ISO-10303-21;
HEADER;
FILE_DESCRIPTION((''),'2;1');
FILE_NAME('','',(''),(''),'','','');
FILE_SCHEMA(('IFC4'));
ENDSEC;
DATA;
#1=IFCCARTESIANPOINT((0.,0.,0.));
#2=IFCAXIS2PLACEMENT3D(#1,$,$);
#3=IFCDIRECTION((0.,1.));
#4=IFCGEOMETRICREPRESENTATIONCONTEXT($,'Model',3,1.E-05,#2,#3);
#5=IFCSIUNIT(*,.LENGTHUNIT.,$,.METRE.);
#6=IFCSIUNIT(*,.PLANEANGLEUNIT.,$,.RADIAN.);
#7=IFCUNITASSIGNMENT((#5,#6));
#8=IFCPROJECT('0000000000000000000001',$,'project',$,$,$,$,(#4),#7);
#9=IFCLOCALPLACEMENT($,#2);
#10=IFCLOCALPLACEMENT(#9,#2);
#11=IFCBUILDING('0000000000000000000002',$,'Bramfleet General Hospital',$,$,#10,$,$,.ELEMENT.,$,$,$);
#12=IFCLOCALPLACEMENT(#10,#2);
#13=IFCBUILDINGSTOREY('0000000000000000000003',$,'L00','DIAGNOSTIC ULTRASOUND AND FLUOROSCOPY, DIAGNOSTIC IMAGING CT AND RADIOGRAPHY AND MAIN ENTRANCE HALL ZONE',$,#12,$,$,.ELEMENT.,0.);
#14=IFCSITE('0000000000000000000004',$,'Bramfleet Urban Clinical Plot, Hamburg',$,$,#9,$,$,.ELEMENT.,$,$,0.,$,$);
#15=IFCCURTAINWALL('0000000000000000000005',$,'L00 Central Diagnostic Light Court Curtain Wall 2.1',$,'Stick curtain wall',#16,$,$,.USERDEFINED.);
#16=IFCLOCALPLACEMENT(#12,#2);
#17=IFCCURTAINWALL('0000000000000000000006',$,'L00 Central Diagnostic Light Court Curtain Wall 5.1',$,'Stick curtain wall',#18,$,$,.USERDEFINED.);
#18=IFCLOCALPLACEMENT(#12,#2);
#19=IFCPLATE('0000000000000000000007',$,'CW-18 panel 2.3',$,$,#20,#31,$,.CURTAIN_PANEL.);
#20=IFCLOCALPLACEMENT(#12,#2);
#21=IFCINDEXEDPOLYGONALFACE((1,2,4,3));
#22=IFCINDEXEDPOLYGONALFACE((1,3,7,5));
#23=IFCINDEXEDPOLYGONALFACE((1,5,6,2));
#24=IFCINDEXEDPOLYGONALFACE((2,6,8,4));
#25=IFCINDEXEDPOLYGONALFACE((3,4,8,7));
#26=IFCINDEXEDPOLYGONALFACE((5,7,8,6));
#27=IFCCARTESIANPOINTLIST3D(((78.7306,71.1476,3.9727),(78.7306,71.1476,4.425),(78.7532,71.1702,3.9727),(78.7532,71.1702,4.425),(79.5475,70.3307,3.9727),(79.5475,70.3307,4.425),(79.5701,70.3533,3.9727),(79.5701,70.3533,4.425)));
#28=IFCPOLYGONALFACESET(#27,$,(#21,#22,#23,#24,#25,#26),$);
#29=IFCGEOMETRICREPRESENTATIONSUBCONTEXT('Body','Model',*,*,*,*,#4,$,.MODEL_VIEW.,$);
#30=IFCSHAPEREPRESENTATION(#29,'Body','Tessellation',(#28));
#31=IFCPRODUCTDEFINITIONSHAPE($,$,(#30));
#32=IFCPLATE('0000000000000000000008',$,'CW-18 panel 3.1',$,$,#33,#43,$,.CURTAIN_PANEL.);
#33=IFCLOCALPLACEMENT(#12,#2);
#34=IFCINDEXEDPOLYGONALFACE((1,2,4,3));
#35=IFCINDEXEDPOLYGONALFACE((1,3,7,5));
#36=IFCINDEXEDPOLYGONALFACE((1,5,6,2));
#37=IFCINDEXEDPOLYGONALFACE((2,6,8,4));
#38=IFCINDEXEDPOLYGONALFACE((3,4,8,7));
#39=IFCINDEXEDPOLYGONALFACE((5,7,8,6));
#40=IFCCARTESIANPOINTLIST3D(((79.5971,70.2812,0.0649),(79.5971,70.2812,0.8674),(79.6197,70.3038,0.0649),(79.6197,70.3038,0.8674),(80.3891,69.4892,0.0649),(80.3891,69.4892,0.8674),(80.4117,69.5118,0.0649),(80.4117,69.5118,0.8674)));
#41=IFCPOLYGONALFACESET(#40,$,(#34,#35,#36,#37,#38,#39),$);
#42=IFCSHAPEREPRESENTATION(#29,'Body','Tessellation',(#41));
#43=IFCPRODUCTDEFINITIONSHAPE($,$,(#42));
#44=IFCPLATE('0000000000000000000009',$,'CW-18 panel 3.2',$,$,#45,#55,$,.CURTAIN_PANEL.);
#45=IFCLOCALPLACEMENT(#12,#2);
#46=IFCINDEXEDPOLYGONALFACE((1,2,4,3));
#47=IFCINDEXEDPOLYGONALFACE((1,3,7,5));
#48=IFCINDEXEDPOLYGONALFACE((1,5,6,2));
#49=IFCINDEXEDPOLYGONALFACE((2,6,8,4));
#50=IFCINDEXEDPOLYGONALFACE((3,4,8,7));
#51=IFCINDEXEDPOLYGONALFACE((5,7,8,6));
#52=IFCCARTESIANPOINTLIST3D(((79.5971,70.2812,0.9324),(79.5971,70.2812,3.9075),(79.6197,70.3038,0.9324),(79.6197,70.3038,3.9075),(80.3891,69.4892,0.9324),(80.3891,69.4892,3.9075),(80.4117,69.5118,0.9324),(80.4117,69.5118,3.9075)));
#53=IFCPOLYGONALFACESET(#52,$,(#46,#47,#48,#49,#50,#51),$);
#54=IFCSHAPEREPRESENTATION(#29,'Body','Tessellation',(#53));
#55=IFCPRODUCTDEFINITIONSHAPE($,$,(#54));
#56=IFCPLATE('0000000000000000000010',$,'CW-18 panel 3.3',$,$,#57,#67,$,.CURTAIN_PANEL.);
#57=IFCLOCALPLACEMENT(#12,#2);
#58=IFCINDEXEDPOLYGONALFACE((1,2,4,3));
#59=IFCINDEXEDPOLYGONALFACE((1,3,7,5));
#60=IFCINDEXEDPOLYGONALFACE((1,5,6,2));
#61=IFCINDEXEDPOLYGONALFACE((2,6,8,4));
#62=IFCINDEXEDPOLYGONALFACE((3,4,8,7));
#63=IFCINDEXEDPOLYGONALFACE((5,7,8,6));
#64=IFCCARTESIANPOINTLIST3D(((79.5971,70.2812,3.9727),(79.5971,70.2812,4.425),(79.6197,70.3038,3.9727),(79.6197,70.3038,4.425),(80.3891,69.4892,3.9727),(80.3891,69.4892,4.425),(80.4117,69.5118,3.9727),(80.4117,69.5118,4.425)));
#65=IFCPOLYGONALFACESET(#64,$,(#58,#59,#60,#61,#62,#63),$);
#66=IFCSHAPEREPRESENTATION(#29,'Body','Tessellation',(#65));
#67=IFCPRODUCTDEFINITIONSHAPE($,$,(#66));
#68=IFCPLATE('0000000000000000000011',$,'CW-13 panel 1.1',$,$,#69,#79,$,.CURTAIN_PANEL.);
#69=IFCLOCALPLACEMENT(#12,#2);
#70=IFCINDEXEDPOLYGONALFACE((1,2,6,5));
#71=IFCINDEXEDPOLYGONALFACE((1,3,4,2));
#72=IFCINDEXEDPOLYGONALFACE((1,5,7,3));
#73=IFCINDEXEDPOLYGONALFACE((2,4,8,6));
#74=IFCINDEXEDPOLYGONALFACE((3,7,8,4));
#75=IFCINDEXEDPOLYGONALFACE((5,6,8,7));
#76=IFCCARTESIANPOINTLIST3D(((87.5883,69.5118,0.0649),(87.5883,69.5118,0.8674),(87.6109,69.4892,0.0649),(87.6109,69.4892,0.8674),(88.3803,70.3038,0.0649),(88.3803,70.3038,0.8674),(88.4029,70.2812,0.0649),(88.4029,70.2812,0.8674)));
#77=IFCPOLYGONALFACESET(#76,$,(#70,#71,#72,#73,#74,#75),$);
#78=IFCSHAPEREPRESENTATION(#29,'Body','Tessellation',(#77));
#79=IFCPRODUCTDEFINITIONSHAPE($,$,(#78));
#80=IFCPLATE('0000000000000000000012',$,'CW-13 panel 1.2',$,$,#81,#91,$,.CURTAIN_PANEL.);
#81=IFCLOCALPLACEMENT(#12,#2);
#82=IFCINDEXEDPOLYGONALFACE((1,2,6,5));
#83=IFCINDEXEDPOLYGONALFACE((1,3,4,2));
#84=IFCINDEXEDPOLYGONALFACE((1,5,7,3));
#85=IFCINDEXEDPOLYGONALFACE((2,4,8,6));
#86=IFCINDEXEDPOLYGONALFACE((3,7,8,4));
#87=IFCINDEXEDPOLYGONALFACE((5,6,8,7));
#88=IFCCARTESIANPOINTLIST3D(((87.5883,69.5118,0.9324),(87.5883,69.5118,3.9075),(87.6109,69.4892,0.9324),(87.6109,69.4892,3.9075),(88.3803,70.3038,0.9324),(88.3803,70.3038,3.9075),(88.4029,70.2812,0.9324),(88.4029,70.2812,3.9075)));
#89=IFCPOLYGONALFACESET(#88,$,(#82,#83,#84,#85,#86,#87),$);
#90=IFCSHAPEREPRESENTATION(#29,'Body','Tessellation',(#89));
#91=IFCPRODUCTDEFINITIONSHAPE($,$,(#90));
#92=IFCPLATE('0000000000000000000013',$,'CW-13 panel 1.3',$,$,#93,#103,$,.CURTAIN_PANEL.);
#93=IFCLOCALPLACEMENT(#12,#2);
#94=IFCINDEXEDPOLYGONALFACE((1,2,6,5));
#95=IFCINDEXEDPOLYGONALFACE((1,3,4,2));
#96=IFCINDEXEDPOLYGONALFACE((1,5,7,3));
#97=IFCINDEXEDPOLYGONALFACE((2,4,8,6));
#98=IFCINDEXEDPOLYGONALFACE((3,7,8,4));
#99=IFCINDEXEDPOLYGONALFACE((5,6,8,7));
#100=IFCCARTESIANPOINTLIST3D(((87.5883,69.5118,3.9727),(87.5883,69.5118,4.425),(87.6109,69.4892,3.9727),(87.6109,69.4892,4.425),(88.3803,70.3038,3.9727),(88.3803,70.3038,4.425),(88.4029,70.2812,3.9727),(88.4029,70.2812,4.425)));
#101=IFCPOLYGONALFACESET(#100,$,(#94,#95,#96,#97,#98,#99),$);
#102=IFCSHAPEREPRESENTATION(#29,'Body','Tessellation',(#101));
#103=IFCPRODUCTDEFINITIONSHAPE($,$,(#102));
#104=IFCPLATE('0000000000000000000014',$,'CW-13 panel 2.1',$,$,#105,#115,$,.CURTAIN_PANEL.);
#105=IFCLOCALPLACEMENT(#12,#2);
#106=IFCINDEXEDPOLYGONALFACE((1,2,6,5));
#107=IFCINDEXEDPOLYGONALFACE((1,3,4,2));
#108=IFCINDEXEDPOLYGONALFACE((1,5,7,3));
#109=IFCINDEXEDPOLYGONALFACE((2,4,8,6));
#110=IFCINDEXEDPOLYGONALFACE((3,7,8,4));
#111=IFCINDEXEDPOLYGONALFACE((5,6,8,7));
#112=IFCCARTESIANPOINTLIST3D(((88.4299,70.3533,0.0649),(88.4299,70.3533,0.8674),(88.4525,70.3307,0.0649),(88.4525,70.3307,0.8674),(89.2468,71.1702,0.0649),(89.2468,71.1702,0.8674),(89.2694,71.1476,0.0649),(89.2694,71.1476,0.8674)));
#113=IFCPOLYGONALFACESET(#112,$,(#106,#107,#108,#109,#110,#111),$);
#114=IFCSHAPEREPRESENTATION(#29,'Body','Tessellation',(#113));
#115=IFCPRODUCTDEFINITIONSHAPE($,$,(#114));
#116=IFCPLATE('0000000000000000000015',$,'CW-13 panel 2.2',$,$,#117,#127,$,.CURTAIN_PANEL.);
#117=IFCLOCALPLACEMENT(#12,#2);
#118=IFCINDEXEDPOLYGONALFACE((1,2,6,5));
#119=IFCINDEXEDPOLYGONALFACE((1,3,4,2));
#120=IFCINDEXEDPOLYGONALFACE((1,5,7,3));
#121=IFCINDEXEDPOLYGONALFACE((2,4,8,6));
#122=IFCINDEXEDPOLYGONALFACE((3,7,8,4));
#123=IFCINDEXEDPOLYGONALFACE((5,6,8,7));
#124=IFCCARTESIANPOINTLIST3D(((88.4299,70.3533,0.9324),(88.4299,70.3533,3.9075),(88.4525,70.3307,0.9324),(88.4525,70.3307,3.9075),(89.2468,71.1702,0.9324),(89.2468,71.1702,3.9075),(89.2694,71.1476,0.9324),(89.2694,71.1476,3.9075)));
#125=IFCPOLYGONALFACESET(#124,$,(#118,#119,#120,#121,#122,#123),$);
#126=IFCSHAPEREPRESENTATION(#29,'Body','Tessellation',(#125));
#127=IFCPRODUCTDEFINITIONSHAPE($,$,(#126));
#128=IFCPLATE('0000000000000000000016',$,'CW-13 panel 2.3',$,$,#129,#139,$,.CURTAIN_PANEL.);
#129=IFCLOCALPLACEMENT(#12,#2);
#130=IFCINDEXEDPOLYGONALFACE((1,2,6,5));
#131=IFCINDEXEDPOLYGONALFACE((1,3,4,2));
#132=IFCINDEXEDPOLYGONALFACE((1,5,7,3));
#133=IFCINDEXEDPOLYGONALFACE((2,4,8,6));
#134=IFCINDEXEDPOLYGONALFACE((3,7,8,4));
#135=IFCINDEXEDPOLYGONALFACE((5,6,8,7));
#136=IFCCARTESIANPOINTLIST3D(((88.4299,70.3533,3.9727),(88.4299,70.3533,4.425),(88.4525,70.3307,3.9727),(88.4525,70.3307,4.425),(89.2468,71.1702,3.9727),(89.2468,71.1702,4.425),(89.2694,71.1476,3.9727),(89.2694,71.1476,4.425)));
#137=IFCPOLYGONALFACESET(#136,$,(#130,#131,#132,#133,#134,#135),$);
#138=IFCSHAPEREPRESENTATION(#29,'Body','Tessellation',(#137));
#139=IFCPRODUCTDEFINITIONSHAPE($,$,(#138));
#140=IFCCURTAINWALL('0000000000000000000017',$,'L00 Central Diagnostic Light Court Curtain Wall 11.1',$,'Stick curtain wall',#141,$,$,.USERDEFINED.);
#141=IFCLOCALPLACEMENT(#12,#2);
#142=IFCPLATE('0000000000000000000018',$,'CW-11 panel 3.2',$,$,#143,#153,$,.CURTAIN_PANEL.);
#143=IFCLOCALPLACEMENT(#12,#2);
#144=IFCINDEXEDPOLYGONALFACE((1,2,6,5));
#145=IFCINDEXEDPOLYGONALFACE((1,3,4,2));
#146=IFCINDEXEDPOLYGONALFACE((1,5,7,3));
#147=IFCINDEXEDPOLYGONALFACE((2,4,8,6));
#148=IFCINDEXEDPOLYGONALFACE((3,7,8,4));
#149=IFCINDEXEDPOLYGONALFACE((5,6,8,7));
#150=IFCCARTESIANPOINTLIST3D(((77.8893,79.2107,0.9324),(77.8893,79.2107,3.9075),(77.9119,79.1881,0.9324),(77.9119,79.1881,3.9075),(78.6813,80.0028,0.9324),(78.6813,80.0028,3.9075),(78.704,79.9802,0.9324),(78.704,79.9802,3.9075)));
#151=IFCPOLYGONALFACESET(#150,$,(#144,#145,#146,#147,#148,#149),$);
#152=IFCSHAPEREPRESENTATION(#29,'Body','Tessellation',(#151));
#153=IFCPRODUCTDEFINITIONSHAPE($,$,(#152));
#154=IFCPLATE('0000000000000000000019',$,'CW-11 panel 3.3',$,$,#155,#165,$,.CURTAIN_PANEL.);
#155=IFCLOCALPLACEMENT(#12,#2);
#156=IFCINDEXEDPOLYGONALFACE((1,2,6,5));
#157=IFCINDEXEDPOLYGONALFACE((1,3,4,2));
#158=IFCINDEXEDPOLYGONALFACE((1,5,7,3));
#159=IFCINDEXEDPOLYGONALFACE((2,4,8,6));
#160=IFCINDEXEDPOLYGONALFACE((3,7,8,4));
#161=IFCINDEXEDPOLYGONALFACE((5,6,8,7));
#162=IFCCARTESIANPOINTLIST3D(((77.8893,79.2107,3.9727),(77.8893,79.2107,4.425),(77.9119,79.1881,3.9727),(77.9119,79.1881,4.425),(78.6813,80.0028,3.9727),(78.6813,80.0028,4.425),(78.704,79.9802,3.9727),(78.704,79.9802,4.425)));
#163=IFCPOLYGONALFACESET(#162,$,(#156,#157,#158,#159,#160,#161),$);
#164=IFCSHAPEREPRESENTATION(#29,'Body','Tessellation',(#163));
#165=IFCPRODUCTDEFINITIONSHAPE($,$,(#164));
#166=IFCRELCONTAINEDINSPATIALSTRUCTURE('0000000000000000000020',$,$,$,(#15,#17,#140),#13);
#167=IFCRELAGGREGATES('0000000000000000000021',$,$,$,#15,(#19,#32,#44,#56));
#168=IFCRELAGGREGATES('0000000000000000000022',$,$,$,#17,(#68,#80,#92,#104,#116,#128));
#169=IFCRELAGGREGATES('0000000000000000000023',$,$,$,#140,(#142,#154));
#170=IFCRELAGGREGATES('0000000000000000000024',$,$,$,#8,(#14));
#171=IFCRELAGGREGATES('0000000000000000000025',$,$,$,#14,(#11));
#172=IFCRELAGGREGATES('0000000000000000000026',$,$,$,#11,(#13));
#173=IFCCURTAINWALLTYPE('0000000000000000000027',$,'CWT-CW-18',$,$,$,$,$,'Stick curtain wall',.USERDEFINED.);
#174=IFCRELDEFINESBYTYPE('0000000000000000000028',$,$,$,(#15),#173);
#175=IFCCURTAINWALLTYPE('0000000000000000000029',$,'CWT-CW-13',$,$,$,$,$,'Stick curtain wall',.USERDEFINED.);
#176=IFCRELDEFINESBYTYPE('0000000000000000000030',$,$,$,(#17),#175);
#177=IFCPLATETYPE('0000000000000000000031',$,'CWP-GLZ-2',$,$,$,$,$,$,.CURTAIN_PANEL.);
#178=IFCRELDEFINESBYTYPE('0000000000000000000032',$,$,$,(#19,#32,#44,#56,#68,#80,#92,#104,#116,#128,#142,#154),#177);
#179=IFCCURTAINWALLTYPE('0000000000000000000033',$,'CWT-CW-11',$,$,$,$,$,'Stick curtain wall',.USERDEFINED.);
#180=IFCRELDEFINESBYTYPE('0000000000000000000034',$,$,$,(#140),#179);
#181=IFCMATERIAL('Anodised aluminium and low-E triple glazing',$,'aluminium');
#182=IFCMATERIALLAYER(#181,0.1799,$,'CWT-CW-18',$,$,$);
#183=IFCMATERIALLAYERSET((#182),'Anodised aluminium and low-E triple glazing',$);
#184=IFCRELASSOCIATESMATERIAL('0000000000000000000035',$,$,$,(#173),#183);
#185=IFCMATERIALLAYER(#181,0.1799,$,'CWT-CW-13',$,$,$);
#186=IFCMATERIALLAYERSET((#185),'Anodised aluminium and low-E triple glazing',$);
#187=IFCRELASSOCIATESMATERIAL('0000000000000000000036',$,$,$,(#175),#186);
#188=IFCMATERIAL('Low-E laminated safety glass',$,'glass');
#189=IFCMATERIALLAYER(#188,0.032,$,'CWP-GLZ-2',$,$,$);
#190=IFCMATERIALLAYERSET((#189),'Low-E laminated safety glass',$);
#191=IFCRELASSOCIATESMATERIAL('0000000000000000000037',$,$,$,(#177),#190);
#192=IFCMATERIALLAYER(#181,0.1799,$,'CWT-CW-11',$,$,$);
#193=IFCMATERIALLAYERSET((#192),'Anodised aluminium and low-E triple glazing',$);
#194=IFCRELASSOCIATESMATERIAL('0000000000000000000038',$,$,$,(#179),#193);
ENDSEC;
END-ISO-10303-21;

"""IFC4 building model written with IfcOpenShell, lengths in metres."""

from ifc_helpers import new_model, si_unit, direction, frame, origin, origin_2d, place, context, subcontext, project, spatial, rectangle, extrude, material, layer, layer_set, type_object, element, aggregate, save


model = new_model("IFC4")

# Units and contexts
model_context = context("Model", 3, precision=1e-05, world=origin(), true_north=direction((0.0, 1.0)))
body_context = subcontext(model_context, "Body", "Model", "MODEL_VIEW")
ifc_project = project(units=[si_unit("LENGTHUNIT", "METRE"), si_unit("PLANEANGLEUNIT", "RADIAN")], contexts=[model_context])

# Site, building, storey
site_placement = place(None, origin())
site = spatial("IfcSite", under=ifc_project, at=site_placement, Name="Bramfleet Urban Clinical Plot, Hamburg", CompositionType="ELEMENT", RefElevation=0.0)
building_placement = place(site_placement, origin())
building = spatial("IfcBuilding", under=site, at=building_placement, Name="Bramfleet General Hospital", CompositionType="ELEMENT")
storey_placement = place(building_placement, origin())
storey = spatial("IfcBuildingStorey", under=building, at=storey_placement, Name="L00", Description="DIAGNOSTIC ULTRASOUND AND FLUOROSCOPY, DIAGNOSTIC IMAGING CT AND RADIOGRAPHY AND MAIN ENTRANCE HALL ZONE", CompositionType="ELEMENT", Elevation=0.0)

# Curtain walls
ifc_material_1 = material(Name="Anodised aluminium and low-E triple glazing", Category="aluminium")
ifc_layer_1 = layer(ifc_material_1, 0.1799, Name="CWT-CW-18")
ifc_layer_set_1 = layer_set([ifc_layer_1], Name="Anodised aluminium and low-E triple glazing")
curtain_wall_type_1 = type_object("IfcCurtainWallType", Name="CWT-CW-18", ElementType="Stick curtain wall", PredefinedType="USERDEFINED", material=ifc_layer_set_1)
curtain_wall_1_placement = place(storey_placement, origin())
curtain_wall_1 = element("IfcCurtainWall", 1, at=curtain_wall_1_placement, inside=storey, type_object=curtain_wall_type_1, Name="L00 Central Diagnostic Light Court Curtain Wall 2.1", ObjectType="Stick curtain wall", PredefinedType="USERDEFINED")
ifc_layer_2 = layer(ifc_material_1, 0.1799, Name="CWT-CW-13")
ifc_layer_set_2 = layer_set([ifc_layer_2], Name="Anodised aluminium and low-E triple glazing")
curtain_wall_type_2 = type_object("IfcCurtainWallType", Name="CWT-CW-13", ElementType="Stick curtain wall", PredefinedType="USERDEFINED", material=ifc_layer_set_2)
curtain_wall_2_placement = place(storey_placement, origin())
curtain_wall_2 = element("IfcCurtainWall", 2, at=curtain_wall_2_placement, inside=storey, type_object=curtain_wall_type_2, Name="L00 Central Diagnostic Light Court Curtain Wall 5.1", ObjectType="Stick curtain wall", PredefinedType="USERDEFINED")

# Plates
ifc_material_2 = material(Name="Low-E laminated safety glass", Category="glass")
ifc_layer_3 = layer(ifc_material_2, 0.032, Name="CWP-GLZ-2")
ifc_layer_set_3 = layer_set([ifc_layer_3], Name="Low-E laminated safety glass")
plate_type = type_object("IfcPlateType", Name="CWP-GLZ-2", PredefinedType="CURTAIN_PANEL", material=ifc_layer_set_3)
plate_1_placement = place(storey_placement, frame((79.1504, 70.7505, 3.9727), z_axis=(0.0, 0.0, 1.0), x_axis=(0.707107, -0.707107, 0.0)))
plate_1 = element("IfcPlate", 3, at=plate_1_placement, type_object=plate_type, Name="CW-18 panel 2.3", PredefinedType="CURTAIN_PANEL", context=body_context, shape_type="SweptSolid", body=[
    extrude(rectangle(XDim=1.1553, YDim=0.032, at=origin_2d()), origin(), (0.0, 0.0, 1.0), 0.4524),
])
plate_2_placement = place(storey_placement, frame((80.0044, 69.8965, 0.0649), z_axis=(0.0, 0.0, 1.0), x_axis=(0.707107, -0.707107, 0.0)))
plate_2 = element("IfcPlate", 4, at=plate_2_placement, type_object=plate_type, Name="CW-18 panel 3.1", PredefinedType="CURTAIN_PANEL", context=body_context, shape_type="SweptSolid", body=[
    extrude(rectangle(XDim=1.1201, YDim=0.032, at=origin_2d()), origin(), (0.0, 0.0, 1.0), 0.8025),
])
plate_3_placement = place(storey_placement, frame((80.0044, 69.8965, 0.9324), z_axis=(0.0, 0.0, 1.0), x_axis=(0.707107, -0.707107, 0.0)))
plate_3 = element("IfcPlate", 5, at=plate_3_placement, type_object=plate_type, Name="CW-18 panel 3.2", PredefinedType="CURTAIN_PANEL", context=body_context, shape_type="SweptSolid", body=[
    extrude(rectangle(XDim=1.1201, YDim=0.032, at=origin_2d()), origin(), (0.0, 0.0, 1.0), 2.9751),
])
plate_4_placement = place(storey_placement, frame((80.0044, 69.8965, 3.9727), z_axis=(0.0, 0.0, 1.0), x_axis=(0.707107, -0.707107, 0.0)))
plate_4 = element("IfcPlate", 6, at=plate_4_placement, type_object=plate_type, Name="CW-18 panel 3.3", PredefinedType="CURTAIN_PANEL", context=body_context, shape_type="SweptSolid", body=[
    extrude(rectangle(XDim=1.1201, YDim=0.032, at=origin_2d()), origin(), (0.0, 0.0, 1.0), 0.4524),
])
aggregate(curtain_wall_1, [plate_1, plate_2, plate_3, plate_4])
plate_5_placement = place(storey_placement, frame((87.9956, 69.8965, 0.0649), z_axis=(0.0, 0.0, 1.0), x_axis=(0.707107, 0.707107, 0.0)))
plate_5 = element("IfcPlate", 7, at=plate_5_placement, type_object=plate_type, Name="CW-13 panel 1.1", PredefinedType="CURTAIN_PANEL", context=body_context, shape_type="SweptSolid", body=[
    extrude(rectangle(XDim=1.1201, YDim=0.032, at=origin_2d()), origin(), (0.0, 0.0, 1.0), 0.8025),
])
plate_6_placement = place(storey_placement, frame((87.9956, 69.8965, 0.9324), z_axis=(0.0, 0.0, 1.0), x_axis=(0.707107, 0.707107, 0.0)))
plate_6 = element("IfcPlate", 8, at=plate_6_placement, type_object=plate_type, Name="CW-13 panel 1.2", PredefinedType="CURTAIN_PANEL", context=body_context, shape_type="SweptSolid", body=[
    extrude(rectangle(XDim=1.1201, YDim=0.032, at=origin_2d()), origin(), (0.0, 0.0, 1.0), 2.9751),
])
plate_7_placement = place(storey_placement, frame((87.9956, 69.8965, 3.9727), z_axis=(0.0, 0.0, 1.0), x_axis=(0.707107, 0.707107, 0.0)))
plate_7 = element("IfcPlate", 9, at=plate_7_placement, type_object=plate_type, Name="CW-13 panel 1.3", PredefinedType="CURTAIN_PANEL", context=body_context, shape_type="SweptSolid", body=[
    extrude(rectangle(XDim=1.1201, YDim=0.032, at=origin_2d()), origin(), (0.0, 0.0, 1.0), 0.4524),
])
plate_8_placement = place(storey_placement, frame((88.8496, 70.7505, 0.0649), z_axis=(0.0, 0.0, 1.0), x_axis=(0.707107, 0.707107, 0.0)))
plate_8 = element("IfcPlate", 10, at=plate_8_placement, type_object=plate_type, Name="CW-13 panel 2.1", PredefinedType="CURTAIN_PANEL", context=body_context, shape_type="SweptSolid", body=[
    extrude(rectangle(XDim=1.1553, YDim=0.032, at=origin_2d()), origin(), (0.0, 0.0, 1.0), 0.8025),
])
plate_9_placement = place(storey_placement, frame((88.8496, 70.7505, 0.9324), z_axis=(0.0, 0.0, 1.0), x_axis=(0.707107, 0.707107, 0.0)))
plate_9 = element("IfcPlate", 11, at=plate_9_placement, type_object=plate_type, Name="CW-13 panel 2.2", PredefinedType="CURTAIN_PANEL", context=body_context, shape_type="SweptSolid", body=[
    extrude(rectangle(XDim=1.1553, YDim=0.032, at=origin_2d()), origin(), (0.0, 0.0, 1.0), 2.9751),
])
plate_10_placement = place(storey_placement, frame((88.8496, 70.7505, 3.9727), z_axis=(0.0, 0.0, 1.0), x_axis=(0.707107, 0.707107, 0.0)))
plate_10 = element("IfcPlate", 12, at=plate_10_placement, type_object=plate_type, Name="CW-13 panel 2.3", PredefinedType="CURTAIN_PANEL", context=body_context, shape_type="SweptSolid", body=[
    extrude(rectangle(XDim=1.1553, YDim=0.032, at=origin_2d()), origin(), (0.0, 0.0, 1.0), 0.4524),
])
aggregate(curtain_wall_2, [plate_5, plate_6, plate_7, plate_8, plate_9, plate_10])

# Curtain wall, plates
ifc_layer_4 = layer(ifc_material_1, 0.1799, Name="CWT-CW-11")
ifc_layer_set_4 = layer_set([ifc_layer_4], Name="Anodised aluminium and low-E triple glazing")
curtain_wall_type_3 = type_object("IfcCurtainWallType", Name="CWT-CW-11", ElementType="Stick curtain wall", PredefinedType="USERDEFINED", material=ifc_layer_set_4)
curtain_wall_3_placement = place(storey_placement, origin())
curtain_wall_3 = element("IfcCurtainWall", 13, at=curtain_wall_3_placement, inside=storey, type_object=curtain_wall_type_3, Name="L00 Central Diagnostic Light Court Curtain Wall 11.1", ObjectType="Stick curtain wall", PredefinedType="USERDEFINED")
plate_11_placement = place(storey_placement, frame((78.2966, 79.5955, 0.9324), z_axis=(0.0, 0.0, 1.0), x_axis=(-0.707107, -0.707107, 0.0)))
plate_11 = element("IfcPlate", 14, at=plate_11_placement, type_object=plate_type, Name="CW-11 panel 3.2", PredefinedType="CURTAIN_PANEL", context=body_context, shape_type="SweptSolid", body=[
    extrude(rectangle(XDim=1.1201, YDim=0.032, at=origin_2d()), origin(), (0.0, 0.0, 1.0), 2.9751),
])
plate_12_placement = place(storey_placement, frame((78.2966, 79.5955, 3.9727), z_axis=(0.0, 0.0, 1.0), x_axis=(-0.707107, -0.707107, 0.0)))
plate_12 = element("IfcPlate", 15, at=plate_12_placement, type_object=plate_type, Name="CW-11 panel 3.3", PredefinedType="CURTAIN_PANEL", context=body_context, shape_type="SweptSolid", body=[
    extrude(rectangle(XDim=1.1201, YDim=0.032, at=origin_2d()), origin(), (0.0, 0.0, 1.0), 0.4524),
])
aggregate(curtain_wall_3, [plate_11, plate_12])

save(model, "model.ifc")
